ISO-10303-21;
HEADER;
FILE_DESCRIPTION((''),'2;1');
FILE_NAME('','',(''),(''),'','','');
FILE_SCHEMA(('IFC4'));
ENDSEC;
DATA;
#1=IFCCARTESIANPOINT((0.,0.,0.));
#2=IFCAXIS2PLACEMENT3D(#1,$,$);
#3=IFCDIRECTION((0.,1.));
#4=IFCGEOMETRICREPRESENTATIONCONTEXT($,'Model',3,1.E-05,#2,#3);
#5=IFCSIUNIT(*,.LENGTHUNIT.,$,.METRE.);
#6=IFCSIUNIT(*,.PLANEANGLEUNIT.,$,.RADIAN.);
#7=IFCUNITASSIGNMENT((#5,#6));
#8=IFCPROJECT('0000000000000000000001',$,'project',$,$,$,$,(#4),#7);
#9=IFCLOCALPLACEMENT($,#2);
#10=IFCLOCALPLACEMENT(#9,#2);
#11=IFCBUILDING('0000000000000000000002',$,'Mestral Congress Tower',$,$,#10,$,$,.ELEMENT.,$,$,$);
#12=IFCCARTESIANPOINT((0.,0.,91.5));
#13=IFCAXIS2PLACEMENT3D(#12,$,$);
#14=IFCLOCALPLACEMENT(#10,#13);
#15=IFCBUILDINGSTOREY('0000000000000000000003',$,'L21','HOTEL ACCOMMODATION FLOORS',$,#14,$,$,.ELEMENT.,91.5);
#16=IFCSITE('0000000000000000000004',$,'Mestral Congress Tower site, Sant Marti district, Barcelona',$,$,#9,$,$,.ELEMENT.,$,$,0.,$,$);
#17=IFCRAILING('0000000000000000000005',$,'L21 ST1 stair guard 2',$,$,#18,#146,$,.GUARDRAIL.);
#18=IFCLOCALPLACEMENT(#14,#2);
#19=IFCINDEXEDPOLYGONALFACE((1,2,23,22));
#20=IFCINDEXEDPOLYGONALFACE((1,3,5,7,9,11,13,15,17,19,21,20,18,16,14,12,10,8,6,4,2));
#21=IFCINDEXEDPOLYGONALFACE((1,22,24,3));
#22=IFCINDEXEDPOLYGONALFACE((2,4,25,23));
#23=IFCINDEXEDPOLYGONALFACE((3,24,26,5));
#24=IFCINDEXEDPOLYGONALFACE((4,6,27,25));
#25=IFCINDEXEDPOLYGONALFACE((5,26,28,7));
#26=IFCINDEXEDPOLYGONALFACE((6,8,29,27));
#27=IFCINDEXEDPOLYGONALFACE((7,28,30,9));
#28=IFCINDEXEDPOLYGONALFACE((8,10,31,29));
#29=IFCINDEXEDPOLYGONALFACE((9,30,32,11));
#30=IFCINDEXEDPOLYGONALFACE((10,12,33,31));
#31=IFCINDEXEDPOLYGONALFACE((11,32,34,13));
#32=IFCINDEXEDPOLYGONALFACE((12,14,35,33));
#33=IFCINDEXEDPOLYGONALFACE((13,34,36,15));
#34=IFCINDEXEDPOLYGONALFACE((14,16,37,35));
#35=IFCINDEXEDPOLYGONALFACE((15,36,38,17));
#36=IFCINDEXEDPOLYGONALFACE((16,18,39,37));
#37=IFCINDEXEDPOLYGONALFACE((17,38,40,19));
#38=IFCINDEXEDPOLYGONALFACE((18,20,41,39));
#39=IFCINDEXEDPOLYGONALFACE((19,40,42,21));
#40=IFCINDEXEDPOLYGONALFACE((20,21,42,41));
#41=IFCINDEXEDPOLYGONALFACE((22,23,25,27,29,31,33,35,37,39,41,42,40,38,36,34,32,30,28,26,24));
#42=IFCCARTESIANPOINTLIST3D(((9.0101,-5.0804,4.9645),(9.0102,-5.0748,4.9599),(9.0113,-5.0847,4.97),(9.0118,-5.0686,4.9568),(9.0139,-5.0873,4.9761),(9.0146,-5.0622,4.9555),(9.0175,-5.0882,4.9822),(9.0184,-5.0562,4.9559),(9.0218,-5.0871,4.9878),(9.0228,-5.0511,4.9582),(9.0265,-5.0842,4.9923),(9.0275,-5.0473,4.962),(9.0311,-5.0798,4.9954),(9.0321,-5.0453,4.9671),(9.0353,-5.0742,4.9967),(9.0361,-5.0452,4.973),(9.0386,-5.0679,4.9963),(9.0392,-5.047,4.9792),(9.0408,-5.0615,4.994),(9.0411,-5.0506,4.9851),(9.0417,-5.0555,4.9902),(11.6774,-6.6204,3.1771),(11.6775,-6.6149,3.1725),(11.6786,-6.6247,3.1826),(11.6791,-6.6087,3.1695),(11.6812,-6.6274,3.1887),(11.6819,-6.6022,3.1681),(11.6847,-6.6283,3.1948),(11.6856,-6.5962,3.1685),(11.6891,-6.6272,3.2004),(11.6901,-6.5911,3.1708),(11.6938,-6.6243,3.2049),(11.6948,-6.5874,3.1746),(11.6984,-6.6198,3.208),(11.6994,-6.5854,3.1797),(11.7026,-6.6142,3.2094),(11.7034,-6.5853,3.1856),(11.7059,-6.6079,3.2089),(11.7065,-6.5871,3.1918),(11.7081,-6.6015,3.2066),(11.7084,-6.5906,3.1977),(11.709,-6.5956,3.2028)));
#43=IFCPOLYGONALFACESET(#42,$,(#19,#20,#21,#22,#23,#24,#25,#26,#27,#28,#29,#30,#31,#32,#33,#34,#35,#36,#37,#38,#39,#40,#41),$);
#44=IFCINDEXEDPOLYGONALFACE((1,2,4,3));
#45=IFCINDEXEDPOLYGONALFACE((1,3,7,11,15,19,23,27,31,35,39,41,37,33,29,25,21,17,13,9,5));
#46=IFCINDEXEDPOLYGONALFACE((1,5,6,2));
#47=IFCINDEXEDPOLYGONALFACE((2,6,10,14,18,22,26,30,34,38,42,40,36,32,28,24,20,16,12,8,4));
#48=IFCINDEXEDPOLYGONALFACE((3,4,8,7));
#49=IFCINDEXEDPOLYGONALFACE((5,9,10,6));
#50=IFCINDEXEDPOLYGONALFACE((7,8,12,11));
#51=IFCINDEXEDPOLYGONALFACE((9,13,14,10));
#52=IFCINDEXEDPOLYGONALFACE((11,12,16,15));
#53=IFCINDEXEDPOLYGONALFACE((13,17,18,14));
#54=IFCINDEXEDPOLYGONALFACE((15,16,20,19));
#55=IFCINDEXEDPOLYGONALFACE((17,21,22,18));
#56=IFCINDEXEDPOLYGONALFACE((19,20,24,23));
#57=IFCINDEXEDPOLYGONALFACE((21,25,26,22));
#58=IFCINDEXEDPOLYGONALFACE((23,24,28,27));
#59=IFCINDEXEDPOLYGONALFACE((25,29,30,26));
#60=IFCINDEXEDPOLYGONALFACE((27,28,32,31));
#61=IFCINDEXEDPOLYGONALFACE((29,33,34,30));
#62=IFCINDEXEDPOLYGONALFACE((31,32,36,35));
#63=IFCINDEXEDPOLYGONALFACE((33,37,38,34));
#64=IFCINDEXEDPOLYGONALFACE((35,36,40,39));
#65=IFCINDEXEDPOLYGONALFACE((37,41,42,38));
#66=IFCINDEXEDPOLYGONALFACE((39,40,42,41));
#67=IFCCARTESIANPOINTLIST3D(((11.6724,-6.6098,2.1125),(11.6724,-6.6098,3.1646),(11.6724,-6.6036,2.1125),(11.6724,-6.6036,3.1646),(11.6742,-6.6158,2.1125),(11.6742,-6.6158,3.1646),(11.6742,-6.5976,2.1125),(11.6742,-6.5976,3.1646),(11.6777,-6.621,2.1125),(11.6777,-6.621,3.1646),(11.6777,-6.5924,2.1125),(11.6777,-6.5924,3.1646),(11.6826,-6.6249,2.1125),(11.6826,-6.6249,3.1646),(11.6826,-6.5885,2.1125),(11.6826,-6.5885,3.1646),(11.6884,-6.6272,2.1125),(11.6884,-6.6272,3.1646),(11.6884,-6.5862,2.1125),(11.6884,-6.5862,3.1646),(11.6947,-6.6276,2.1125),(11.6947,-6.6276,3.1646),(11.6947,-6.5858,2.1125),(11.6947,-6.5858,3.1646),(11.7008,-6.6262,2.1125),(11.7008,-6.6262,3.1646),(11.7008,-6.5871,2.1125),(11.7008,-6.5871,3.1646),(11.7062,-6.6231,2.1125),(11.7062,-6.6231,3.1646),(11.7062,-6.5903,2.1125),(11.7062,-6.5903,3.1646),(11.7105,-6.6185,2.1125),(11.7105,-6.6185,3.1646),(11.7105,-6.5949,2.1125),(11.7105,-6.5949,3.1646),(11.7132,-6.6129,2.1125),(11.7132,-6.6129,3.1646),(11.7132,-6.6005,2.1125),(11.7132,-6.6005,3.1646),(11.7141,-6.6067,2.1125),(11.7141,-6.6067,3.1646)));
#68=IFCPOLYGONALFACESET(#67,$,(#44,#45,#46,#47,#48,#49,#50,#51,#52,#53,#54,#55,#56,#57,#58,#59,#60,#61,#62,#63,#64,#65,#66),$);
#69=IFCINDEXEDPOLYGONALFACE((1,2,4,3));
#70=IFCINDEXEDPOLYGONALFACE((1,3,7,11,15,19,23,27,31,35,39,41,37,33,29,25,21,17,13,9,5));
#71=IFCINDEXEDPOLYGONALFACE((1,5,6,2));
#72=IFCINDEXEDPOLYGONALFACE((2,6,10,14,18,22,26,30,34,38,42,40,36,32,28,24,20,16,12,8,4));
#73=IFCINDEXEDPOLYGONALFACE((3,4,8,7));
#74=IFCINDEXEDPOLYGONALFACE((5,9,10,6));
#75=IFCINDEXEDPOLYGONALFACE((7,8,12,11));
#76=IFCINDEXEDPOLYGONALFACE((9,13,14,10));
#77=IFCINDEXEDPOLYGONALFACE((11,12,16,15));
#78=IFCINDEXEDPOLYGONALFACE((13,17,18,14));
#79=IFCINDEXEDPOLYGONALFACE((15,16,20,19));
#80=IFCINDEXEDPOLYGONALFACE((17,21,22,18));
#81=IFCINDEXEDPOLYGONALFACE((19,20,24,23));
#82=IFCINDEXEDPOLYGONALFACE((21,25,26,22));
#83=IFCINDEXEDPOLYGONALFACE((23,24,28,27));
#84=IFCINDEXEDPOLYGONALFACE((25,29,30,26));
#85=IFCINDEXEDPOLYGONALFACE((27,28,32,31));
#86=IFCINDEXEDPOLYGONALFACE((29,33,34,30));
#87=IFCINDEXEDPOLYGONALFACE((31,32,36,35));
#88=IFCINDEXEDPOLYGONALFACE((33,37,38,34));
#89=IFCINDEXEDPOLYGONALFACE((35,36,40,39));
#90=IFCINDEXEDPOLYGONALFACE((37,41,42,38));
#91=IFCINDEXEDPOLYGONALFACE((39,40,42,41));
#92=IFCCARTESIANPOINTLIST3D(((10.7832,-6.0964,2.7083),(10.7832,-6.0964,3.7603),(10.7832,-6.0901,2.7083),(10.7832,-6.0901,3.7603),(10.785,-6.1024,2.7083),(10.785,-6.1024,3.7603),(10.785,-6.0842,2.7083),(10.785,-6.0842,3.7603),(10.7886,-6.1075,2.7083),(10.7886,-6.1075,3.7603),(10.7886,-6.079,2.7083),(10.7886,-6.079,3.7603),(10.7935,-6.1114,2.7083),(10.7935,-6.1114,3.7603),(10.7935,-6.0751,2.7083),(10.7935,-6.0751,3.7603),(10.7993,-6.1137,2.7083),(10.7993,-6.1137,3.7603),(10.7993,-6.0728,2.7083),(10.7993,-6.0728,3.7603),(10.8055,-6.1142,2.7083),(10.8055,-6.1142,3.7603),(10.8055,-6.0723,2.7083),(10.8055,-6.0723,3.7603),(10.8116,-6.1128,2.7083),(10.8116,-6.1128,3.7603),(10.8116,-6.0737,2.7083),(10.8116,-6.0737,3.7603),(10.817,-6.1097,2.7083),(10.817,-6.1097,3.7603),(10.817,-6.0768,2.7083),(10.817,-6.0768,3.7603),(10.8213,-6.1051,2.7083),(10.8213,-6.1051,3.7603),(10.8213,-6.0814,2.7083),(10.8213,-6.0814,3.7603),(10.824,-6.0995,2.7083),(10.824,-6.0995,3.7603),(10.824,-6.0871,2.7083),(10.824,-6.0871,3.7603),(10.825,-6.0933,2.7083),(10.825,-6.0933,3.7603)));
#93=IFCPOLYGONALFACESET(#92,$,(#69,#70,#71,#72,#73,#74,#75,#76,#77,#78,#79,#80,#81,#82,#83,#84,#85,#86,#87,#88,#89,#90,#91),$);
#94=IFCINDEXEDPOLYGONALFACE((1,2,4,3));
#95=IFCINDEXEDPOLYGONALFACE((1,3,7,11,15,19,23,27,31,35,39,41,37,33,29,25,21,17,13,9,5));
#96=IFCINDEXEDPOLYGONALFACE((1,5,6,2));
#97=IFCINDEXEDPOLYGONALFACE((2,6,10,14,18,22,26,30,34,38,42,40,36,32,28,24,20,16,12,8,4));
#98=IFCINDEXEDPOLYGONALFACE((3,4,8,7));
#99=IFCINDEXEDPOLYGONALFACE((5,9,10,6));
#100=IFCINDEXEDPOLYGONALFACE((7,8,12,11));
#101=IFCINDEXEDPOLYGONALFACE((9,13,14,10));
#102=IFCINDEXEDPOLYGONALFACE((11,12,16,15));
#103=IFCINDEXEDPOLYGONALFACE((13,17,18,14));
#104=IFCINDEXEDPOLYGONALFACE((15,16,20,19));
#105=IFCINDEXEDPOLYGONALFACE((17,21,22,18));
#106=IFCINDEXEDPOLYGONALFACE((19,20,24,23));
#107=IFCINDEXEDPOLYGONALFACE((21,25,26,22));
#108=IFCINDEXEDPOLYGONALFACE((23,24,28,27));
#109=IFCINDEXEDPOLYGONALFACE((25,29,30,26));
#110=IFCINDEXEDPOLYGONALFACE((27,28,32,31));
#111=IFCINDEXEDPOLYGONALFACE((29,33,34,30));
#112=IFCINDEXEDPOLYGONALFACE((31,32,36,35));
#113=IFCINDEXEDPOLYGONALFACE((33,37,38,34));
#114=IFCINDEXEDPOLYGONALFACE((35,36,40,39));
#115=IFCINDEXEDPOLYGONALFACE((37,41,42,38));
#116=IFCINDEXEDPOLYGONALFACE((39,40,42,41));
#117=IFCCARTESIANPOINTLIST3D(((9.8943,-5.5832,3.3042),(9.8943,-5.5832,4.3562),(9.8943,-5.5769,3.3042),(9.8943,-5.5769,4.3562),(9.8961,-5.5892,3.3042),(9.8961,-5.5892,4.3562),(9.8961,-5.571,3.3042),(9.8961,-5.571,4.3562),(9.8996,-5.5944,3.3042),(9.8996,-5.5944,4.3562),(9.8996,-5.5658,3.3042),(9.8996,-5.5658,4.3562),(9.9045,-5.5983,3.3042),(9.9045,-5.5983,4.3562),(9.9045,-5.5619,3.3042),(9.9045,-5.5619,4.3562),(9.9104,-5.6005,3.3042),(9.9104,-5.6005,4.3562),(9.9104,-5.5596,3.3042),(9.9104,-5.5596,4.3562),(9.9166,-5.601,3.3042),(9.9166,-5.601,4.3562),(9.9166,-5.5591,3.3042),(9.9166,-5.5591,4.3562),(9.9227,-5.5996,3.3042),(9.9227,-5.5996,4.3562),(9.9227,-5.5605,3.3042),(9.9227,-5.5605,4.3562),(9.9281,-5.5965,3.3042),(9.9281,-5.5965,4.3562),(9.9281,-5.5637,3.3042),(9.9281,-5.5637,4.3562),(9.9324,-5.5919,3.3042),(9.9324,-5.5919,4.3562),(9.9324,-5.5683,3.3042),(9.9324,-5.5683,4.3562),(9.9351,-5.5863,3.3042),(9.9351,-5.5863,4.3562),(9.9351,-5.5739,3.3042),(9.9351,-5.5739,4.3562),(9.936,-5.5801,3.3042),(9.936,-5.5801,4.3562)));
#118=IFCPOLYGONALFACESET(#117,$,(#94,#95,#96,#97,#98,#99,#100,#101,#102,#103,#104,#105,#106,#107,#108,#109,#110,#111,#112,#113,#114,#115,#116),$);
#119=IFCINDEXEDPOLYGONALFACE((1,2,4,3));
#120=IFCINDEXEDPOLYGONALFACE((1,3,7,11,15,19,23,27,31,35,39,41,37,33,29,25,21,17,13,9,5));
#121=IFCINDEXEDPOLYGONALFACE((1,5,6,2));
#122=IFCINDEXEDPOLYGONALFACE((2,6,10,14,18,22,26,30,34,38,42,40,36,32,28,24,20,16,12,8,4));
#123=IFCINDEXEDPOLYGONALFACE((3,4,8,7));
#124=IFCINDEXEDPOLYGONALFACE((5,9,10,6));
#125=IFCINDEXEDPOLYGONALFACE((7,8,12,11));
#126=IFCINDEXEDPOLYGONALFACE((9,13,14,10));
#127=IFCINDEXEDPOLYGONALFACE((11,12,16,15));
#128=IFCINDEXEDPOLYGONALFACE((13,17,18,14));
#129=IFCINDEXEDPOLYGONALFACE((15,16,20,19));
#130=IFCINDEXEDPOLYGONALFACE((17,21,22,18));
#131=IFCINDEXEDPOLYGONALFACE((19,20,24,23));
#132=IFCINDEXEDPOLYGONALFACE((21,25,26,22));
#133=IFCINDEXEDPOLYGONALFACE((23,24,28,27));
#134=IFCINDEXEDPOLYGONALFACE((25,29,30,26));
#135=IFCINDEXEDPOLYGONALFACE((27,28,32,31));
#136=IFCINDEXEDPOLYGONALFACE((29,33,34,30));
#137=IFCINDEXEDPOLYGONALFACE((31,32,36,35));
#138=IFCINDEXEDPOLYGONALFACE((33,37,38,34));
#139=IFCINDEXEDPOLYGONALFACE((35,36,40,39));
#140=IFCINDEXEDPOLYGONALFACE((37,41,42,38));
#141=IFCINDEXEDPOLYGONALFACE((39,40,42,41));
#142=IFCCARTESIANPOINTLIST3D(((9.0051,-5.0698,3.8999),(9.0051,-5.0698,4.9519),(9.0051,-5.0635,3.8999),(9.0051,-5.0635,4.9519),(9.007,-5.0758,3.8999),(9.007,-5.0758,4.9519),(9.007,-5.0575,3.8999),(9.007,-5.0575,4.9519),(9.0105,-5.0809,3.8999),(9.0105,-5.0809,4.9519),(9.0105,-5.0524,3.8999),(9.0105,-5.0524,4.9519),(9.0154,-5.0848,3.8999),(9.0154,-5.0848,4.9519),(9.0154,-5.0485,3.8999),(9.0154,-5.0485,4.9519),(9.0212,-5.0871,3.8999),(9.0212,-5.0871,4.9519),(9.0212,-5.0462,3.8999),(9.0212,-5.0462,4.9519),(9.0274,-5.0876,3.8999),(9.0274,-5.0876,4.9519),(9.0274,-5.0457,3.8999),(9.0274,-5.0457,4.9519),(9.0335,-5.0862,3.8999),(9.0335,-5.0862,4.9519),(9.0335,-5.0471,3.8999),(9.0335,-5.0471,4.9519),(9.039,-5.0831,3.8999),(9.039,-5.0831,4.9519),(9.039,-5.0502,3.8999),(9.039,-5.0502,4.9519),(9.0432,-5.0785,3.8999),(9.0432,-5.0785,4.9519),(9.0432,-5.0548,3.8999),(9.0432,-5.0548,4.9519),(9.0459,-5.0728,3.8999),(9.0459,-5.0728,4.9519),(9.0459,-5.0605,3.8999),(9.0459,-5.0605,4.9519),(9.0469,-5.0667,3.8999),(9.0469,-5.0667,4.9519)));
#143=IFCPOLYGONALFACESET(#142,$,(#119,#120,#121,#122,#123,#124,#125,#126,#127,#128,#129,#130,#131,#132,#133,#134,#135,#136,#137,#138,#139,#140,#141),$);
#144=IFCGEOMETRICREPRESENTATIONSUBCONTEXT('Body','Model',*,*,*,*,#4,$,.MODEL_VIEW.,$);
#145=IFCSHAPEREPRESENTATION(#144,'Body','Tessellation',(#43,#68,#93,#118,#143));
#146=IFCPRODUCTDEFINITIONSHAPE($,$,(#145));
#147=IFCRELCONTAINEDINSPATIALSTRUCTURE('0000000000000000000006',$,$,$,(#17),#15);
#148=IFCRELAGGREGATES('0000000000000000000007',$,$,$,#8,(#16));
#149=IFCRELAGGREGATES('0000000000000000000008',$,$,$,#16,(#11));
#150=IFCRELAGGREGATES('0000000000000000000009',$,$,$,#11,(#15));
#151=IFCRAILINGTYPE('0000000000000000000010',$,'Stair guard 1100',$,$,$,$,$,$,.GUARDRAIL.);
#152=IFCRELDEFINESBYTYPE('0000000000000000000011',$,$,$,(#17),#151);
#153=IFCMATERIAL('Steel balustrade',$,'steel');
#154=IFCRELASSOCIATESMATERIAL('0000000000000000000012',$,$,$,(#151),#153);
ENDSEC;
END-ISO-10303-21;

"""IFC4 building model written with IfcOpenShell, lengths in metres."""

from ifc_helpers import new_model, si_unit, direction, frame, origin, origin_2d, place, context, subcontext, project, spatial, circle, extrude, material, type_object, element, save


model = new_model("IFC4")

# Units and contexts
model_context = context("Model", 3, precision=1e-05, world=origin(), true_north=direction((0.0, 1.0)))
body_context = subcontext(model_context, "Body", "Model", "MODEL_VIEW")
ifc_project = project(units=[si_unit("LENGTHUNIT", "METRE"), si_unit("PLANEANGLEUNIT", "RADIAN")], contexts=[model_context])

# Site, building, storey
site_placement = place(None, origin())
site = spatial("IfcSite", under=ifc_project, at=site_placement, Name="Mestral Congress Tower site, Sant Marti district, Barcelona", CompositionType="ELEMENT", RefElevation=0.0)
building_placement = place(site_placement, origin())
building = spatial("IfcBuilding", under=site, at=building_placement, Name="Mestral Congress Tower", CompositionType="ELEMENT")
storey_placement = place(building_placement, frame((0.0, 0.0, 91.5)))
storey = spatial("IfcBuildingStorey", under=building, at=storey_placement, Name="L21", Description="HOTEL ACCOMMODATION FLOORS", CompositionType="ELEMENT", Elevation=91.5)

# Railing
ifc_material_1 = material(Name="Steel balustrade", Category="steel")
railing_type_1 = type_object("IfcRailingType", Name="Stair guard 1100", PredefinedType="GUARDRAIL", material=ifc_material_1)
railing_1_placement = place(storey_placement, frame((11.6931, -6.6067, 2.1125)))
element("IfcRailing", 1, at=railing_1_placement, inside=storey, type_object=railing_type_1, Name="L21 ST1 stair guard 2", PredefinedType="GUARDRAIL", context=body_context, shape_type="SweptSolid", body=[
    extrude(circle(Radius=0.0239, at=origin_2d()), frame((0.0, 0.0, 1.0762), z_axis=(-0.74902, 0.432477, 0.501929), x_axis=(-0.500027, -0.86601, 0.0)), (0.0, 0.0, 1.0), 3.561),
    extrude(circle(Radius=0.021, at=origin_2d()), origin(), (0.0, 0.0, 1.0), 1.052),
    extrude(circle(Radius=0.021, at=origin_2d()), frame((-0.8892, 0.5134, 0.5957)), (0.0, 0.0, 1.0), 1.052),
    extrude(circle(Radius=0.021, at=origin_2d()), frame((-1.7781, 1.0266, 1.1917)), (0.0, 0.0, 1.0), 1.052),
    extrude(circle(Radius=0.021, at=origin_2d()), frame((-2.6672, 1.54, 1.7874)), (0.0, 0.0, 1.0), 1.052),
])

save(model, "model.ifc")
